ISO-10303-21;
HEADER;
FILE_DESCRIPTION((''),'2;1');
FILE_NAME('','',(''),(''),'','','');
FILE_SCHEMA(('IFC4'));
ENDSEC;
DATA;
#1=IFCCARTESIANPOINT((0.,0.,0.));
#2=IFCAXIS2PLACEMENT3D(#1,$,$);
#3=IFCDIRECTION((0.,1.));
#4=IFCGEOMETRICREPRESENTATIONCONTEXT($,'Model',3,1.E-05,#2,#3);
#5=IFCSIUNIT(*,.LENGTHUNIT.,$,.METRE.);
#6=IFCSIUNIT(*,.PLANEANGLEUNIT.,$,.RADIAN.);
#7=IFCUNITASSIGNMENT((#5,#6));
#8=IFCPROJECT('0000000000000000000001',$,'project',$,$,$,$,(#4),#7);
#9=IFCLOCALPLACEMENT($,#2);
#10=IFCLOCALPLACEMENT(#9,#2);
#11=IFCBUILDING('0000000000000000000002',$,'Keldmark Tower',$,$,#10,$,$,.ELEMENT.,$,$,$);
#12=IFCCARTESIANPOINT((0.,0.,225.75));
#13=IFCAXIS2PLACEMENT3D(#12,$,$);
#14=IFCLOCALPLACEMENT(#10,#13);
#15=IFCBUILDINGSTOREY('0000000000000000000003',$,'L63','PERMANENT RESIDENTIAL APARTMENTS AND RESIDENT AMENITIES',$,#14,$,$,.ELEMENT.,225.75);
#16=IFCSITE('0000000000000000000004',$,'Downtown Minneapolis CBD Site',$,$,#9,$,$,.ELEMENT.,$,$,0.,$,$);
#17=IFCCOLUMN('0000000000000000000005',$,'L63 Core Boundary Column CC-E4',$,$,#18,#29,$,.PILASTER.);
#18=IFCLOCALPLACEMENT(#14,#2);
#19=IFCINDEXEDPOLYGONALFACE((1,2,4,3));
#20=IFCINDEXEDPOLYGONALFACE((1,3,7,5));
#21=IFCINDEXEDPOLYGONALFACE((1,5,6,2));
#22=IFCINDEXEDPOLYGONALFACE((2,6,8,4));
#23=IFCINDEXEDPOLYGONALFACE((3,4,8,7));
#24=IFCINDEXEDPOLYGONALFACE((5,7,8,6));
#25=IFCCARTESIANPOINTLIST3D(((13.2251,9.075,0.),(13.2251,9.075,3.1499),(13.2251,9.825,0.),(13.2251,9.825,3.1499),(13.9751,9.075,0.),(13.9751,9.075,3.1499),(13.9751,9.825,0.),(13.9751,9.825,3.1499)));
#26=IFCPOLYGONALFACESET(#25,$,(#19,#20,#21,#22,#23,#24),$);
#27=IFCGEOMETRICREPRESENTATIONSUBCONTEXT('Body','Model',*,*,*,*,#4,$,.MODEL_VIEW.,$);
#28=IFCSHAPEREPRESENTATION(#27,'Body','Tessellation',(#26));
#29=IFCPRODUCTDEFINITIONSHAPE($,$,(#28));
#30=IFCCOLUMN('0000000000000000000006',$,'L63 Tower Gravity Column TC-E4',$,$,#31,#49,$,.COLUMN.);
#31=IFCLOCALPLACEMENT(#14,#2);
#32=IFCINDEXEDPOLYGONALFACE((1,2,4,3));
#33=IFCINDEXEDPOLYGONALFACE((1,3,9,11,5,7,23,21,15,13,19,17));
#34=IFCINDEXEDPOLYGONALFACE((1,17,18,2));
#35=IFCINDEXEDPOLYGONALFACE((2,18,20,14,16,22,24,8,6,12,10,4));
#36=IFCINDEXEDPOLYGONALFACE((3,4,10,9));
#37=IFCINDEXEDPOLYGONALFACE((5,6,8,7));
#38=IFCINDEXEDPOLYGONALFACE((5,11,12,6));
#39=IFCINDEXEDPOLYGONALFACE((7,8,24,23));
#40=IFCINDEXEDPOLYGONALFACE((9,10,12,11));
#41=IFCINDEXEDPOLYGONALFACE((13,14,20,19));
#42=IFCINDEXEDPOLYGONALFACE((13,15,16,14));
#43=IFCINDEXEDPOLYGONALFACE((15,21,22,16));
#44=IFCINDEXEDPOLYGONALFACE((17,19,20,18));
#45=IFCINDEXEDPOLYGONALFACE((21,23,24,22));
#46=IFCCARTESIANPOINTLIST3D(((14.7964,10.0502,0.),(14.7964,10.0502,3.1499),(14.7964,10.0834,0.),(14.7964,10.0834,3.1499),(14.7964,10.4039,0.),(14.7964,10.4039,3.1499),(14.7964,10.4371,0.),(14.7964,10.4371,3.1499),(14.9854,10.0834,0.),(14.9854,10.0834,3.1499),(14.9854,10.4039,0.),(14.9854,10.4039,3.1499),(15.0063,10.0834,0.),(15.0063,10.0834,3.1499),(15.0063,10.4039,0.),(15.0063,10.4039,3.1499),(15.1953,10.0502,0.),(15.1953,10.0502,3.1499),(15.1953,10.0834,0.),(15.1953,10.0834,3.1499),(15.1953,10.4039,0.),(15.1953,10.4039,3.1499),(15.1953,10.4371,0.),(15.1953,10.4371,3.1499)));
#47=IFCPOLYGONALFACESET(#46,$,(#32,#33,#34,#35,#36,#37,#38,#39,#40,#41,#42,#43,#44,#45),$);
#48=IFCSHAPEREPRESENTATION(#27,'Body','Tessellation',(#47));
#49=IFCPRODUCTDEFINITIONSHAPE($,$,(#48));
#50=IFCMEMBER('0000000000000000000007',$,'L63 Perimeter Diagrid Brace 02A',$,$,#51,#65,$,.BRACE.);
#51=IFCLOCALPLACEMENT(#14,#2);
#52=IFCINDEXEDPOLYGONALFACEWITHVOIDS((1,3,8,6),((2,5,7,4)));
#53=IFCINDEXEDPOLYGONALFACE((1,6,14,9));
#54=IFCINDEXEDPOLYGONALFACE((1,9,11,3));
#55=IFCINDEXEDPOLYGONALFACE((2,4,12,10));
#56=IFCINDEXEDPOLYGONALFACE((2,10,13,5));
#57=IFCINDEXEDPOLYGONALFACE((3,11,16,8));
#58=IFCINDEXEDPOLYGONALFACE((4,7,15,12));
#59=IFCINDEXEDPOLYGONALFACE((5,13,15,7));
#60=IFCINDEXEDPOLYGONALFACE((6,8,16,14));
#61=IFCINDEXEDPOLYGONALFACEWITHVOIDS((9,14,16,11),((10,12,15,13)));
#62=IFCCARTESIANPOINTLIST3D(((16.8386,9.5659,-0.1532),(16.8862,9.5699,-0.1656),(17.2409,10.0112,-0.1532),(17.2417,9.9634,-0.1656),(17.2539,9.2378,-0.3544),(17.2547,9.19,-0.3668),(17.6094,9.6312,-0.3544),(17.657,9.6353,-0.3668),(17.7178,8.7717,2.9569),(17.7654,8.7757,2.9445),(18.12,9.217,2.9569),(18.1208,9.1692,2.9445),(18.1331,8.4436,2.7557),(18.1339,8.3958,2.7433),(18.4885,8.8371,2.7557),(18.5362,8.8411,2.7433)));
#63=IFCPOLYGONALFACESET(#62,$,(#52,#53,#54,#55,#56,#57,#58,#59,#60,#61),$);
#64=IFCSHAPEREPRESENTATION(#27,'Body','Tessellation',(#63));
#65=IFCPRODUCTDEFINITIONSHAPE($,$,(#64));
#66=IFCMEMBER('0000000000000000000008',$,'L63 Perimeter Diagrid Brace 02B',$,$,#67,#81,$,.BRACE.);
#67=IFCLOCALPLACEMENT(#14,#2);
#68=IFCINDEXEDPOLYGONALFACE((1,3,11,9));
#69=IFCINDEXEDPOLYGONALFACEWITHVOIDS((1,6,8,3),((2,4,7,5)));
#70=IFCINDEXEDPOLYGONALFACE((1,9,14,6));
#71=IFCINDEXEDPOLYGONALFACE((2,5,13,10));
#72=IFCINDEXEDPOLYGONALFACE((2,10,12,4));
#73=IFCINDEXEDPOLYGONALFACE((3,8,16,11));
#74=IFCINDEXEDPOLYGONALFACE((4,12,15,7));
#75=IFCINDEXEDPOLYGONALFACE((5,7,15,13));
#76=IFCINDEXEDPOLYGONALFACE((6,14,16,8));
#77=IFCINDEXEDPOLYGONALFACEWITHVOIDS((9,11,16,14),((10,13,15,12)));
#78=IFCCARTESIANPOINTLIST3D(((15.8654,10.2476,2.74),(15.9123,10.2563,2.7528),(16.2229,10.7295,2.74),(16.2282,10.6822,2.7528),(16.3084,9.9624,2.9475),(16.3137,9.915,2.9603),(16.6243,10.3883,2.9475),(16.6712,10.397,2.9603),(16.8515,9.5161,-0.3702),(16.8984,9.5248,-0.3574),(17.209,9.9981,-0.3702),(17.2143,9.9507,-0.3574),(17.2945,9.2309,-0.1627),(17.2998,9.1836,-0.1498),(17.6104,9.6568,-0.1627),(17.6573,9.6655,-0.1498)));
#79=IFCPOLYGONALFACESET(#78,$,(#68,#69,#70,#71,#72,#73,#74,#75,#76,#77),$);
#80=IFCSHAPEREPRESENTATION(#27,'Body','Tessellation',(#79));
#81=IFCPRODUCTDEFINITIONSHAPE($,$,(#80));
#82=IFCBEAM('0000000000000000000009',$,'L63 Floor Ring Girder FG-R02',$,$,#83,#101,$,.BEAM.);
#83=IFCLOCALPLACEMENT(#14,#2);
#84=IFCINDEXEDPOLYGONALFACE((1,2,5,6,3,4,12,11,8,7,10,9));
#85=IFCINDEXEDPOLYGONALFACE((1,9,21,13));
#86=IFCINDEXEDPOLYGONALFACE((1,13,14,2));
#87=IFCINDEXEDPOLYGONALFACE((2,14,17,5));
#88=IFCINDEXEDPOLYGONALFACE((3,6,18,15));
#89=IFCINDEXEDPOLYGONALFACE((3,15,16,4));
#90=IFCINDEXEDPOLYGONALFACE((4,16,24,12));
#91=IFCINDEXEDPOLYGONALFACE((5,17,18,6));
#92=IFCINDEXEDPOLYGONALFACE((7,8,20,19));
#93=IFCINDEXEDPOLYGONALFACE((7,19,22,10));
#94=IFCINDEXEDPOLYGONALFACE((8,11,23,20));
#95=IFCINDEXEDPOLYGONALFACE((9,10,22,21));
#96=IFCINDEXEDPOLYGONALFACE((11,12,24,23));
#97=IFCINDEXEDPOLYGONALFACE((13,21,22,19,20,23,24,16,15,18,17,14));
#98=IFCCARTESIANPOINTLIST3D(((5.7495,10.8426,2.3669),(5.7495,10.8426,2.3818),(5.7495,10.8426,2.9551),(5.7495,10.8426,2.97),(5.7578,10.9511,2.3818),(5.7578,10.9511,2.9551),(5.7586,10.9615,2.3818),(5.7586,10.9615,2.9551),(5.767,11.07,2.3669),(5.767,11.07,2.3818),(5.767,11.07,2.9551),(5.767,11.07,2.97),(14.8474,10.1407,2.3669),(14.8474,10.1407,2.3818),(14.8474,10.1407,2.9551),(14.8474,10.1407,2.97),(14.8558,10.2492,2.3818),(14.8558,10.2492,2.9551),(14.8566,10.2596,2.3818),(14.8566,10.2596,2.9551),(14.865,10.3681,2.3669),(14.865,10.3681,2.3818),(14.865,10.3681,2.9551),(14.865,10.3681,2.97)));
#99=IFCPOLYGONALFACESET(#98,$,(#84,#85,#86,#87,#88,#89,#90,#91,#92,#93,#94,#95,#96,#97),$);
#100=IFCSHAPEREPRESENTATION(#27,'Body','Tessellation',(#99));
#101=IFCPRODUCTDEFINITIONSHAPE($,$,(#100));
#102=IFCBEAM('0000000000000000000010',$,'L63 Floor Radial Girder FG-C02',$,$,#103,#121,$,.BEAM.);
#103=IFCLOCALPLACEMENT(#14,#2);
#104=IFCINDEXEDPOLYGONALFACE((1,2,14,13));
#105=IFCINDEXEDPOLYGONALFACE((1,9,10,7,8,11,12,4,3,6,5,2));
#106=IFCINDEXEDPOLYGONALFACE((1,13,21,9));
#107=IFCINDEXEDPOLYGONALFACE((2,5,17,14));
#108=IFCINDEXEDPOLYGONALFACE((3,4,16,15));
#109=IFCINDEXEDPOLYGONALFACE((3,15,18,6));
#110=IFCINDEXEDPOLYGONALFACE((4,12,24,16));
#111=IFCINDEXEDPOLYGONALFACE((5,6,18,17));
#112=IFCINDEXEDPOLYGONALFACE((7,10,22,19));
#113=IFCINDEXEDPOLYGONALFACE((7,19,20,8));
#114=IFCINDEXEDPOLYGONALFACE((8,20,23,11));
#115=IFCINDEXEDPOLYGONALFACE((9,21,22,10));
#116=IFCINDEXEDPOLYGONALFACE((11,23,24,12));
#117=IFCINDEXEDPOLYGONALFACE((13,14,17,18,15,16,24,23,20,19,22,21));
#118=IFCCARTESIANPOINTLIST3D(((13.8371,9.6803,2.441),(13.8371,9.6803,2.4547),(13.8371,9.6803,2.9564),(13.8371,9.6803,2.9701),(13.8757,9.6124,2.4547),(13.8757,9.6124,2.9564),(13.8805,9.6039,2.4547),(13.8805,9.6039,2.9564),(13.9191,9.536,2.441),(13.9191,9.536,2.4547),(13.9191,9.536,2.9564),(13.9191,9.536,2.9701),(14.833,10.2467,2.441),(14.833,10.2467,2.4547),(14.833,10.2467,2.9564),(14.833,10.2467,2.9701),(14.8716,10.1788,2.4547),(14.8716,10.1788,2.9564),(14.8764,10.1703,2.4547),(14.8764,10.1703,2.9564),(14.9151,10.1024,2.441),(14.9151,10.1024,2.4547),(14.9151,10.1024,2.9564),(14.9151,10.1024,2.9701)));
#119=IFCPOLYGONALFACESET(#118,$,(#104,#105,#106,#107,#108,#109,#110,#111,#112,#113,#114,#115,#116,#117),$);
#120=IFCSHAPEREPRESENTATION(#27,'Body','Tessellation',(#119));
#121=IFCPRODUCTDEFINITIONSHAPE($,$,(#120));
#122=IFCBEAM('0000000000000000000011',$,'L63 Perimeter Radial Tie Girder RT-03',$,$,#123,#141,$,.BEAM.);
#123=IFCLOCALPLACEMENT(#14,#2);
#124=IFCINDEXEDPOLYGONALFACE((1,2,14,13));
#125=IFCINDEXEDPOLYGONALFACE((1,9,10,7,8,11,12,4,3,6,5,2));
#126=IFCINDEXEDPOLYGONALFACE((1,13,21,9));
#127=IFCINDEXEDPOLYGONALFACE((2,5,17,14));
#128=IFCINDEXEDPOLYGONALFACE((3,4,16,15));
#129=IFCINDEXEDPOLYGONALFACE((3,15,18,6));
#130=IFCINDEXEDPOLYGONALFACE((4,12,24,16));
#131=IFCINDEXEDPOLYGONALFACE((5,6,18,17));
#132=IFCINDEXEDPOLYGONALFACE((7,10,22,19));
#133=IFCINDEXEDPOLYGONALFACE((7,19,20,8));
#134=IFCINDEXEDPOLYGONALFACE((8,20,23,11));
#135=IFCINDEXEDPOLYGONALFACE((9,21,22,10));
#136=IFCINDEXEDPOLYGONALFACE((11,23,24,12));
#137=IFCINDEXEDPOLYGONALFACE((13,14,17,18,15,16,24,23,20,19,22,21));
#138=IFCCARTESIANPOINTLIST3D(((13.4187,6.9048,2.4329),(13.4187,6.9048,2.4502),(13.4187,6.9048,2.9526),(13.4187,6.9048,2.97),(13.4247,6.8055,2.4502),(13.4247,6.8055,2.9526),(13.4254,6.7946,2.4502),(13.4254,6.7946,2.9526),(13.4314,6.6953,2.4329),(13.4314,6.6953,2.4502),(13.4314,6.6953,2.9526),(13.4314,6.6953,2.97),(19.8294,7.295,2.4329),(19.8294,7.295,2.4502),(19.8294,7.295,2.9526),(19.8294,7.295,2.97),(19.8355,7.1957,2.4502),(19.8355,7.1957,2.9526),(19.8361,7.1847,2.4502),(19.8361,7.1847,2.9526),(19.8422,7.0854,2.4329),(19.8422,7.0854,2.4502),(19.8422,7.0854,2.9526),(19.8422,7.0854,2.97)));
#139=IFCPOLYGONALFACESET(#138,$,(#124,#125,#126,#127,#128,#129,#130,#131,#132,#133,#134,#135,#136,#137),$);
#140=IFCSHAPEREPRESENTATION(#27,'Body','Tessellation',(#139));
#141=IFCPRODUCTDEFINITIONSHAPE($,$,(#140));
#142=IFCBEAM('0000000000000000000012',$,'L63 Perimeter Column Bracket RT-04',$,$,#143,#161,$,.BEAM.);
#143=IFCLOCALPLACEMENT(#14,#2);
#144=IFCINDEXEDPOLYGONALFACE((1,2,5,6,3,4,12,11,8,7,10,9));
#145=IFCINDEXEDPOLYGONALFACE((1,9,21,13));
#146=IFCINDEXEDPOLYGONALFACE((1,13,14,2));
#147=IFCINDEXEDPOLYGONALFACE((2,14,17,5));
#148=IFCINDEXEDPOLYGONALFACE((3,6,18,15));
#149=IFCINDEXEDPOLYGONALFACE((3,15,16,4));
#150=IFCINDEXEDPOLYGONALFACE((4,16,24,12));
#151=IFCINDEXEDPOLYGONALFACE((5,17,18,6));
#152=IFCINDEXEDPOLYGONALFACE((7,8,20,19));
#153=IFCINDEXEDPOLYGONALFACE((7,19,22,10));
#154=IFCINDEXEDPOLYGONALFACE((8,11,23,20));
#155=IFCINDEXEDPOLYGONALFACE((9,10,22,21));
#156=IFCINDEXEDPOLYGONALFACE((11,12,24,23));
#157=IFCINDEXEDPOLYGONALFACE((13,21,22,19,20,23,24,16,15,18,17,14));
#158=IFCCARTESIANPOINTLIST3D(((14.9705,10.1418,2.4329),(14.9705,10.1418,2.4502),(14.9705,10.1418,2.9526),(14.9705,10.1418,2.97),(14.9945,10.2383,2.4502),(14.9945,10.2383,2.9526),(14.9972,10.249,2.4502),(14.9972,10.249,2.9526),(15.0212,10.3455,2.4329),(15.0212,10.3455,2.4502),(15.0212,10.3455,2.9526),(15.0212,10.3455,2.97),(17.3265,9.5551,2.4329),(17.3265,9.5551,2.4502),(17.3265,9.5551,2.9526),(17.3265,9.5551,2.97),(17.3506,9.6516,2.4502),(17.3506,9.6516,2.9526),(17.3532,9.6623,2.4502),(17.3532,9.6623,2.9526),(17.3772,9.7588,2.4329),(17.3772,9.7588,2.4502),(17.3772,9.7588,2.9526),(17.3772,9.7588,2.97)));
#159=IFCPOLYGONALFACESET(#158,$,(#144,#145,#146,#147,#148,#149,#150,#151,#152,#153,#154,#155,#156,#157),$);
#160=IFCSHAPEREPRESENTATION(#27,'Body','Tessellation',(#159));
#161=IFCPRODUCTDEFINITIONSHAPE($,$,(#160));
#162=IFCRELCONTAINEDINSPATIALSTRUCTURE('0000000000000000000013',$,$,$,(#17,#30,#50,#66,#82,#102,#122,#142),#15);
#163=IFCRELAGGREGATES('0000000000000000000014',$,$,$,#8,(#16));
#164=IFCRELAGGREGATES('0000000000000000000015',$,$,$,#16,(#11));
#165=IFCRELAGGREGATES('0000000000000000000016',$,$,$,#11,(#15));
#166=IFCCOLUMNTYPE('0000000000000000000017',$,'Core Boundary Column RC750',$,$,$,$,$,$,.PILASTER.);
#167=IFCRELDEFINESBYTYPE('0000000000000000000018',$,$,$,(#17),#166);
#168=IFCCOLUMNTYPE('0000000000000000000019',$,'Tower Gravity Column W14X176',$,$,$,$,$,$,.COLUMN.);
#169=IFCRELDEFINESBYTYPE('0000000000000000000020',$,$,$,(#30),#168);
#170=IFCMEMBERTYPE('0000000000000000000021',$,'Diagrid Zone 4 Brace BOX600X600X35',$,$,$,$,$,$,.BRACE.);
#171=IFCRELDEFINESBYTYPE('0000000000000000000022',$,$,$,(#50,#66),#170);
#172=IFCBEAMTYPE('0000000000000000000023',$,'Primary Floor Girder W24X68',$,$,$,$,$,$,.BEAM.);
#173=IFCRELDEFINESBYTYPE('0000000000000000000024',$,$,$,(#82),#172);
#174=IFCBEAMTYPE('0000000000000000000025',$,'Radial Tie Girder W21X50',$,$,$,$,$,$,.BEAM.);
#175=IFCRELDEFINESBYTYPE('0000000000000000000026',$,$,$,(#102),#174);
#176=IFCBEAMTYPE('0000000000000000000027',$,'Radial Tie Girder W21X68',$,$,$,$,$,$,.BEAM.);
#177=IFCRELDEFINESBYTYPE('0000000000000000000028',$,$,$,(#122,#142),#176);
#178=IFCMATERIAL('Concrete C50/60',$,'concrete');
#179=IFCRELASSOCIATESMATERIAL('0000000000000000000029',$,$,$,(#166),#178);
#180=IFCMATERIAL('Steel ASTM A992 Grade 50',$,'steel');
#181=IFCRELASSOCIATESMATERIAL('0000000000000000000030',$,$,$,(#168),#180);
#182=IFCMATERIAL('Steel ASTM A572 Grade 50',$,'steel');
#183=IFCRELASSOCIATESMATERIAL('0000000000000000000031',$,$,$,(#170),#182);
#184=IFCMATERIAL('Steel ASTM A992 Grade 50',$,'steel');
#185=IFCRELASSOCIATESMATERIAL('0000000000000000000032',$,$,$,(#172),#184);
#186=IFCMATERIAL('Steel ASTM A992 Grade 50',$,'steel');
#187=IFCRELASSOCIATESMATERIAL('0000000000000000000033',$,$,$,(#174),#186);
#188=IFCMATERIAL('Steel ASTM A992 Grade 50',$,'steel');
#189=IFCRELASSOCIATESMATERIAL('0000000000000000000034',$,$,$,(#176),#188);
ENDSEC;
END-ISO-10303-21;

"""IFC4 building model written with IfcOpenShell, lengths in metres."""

from ifc_helpers import new_model, si_unit, direction, frame, origin, origin_2d, place, context, subcontext, project, spatial, rectangle, hollow_rectangle, i_section, extrude, material, material_profile, profile_set, type_object, element, save


model = new_model("IFC4")

# Units and contexts
model_context = context("Model", 3, precision=1e-05, world=origin(), true_north=direction((0.0, 1.0)))
body_context = subcontext(model_context, "Body", "Model", "MODEL_VIEW")
ifc_project = project(units=[si_unit("LENGTHUNIT", "METRE"), si_unit("PLANEANGLEUNIT", "RADIAN")], contexts=[model_context])

# Site, building, storey
site_placement = place(None, origin())
site = spatial("IfcSite", under=ifc_project, at=site_placement, Name="Downtown Minneapolis CBD Site", CompositionType="ELEMENT", RefElevation=0.0)
building_placement = place(site_placement, origin())
building = spatial("IfcBuilding", under=site, at=building_placement, Name="Keldmark Tower", CompositionType="ELEMENT")
storey_placement = place(building_placement, frame((0.0, 0.0, 225.75)))
storey = spatial("IfcBuildingStorey", under=building, at=storey_placement, Name="L63", Description="PERMANENT RESIDENTIAL APARTMENTS AND RESIDENT AMENITIES", CompositionType="ELEMENT", Elevation=225.75)

# Columns
ifc_material_1 = material(Name="Concrete C50/60", Category="concrete")
ifc_material_profile_1 = material_profile(ifc_material_1, rectangle(XDim=0.75, YDim=0.75, at=origin_2d()), Name="RC750X750")
ifc_profile_set_1 = profile_set([ifc_material_profile_1], Name="Concrete C50/60")
column_type_1 = type_object("IfcColumnType", Name="Core Boundary Column RC750", PredefinedType="PILASTER", material=ifc_profile_set_1)
column_1_placement = place(storey_placement, frame((13.6001, 9.45, 0.0), z_axis=(0.0, 0.0, 1.0), x_axis=(1.0, 0.0, 0.0)))
element("IfcColumn", 1, at=column_1_placement, inside=storey, type_object=column_type_1, Name="L63 Core Boundary Column CC-E4", PredefinedType="PILASTER", context=body_context, shape_type="SweptSolid", body=[
    extrude(rectangle(XDim=0.75, YDim=0.75, at=origin_2d()), origin(), (0.0, 0.0, 1.0), 3.1499),
])
ifc_material_2 = material(Name="Steel ASTM A992 Grade 50", Category="steel")
ifc_material_profile_2 = material_profile(ifc_material_2, i_section(OverallWidth=0.3989, OverallDepth=0.387, WebThickness=0.021, FlangeThickness=0.0332, at=origin_2d()), Name="W14X176")
ifc_profile_set_2 = profile_set([ifc_material_profile_2], Name="Steel ASTM A992 Grade 50")
column_type_2 = type_object("IfcColumnType", Name="Tower Gravity Column W14X176", PredefinedType="COLUMN", material=ifc_profile_set_2)
column_2_placement = place(storey_placement, frame((14.9958, 10.2437, 0.0), z_axis=(0.0, 0.0, 1.0), x_axis=(1.0, 0.0, 0.0)))
element("IfcColumn", 2, at=column_2_placement, inside=storey, type_object=column_type_2, Name="L63 Tower Gravity Column TC-E4", PredefinedType="COLUMN", context=body_context, shape_type="SweptSolid", body=[
    extrude(i_section(OverallWidth=0.3989, OverallDepth=0.387, WebThickness=0.021, FlangeThickness=0.0332, at=origin_2d()), origin(), (0.0, 0.0, 1.0), 3.1499),
])

# Members
ifc_material_3 = material(Name="Steel ASTM A572 Grade 50", Category="steel")
ifc_material_profile_3 = material_profile(ifc_material_3, hollow_rectangle(XDim=0.6001, YDim=0.6001, WallThickness=0.0349, at=origin_2d()), Name="BOX600X600X35")
ifc_profile_set_3 = profile_set([ifc_material_profile_3], Name="Steel ASTM A572 Grade 50")
member_type = type_object("IfcMemberType", Name="Diagrid Zone 4 Brace BOX600X600X35", PredefinedType="BRACE", material=ifc_profile_set_3)
member_1_placement = place(storey_placement, frame((17.2478, 9.6006, -0.26), z_axis=(0.264158, -0.23863, 0.934493), x_axis=(0.670341, 0.742053, 0.0)))
element("IfcMember", 3, at=member_1_placement, inside=storey, type_object=member_type, Name="L63 Perimeter Diagrid Brace 02A", PredefinedType="BRACE", context=body_context, shape_type="SweptSolid", body=[
    extrude(hollow_rectangle(XDim=0.6001, YDim=0.6001, WallThickness=0.0349, at=origin_2d()), origin(), (0.0, 0.0, 1.0), 3.3281),
])
member_2_placement = place(storey_placement, frame((17.2544, 9.5908, -0.26), z_axis=(-0.294911, 0.218755, 0.930147), x_axis=(-0.59576, -0.803162, 0.0)))
element("IfcMember", 4, at=member_2_placement, inside=storey, type_object=member_type, Name="L63 Perimeter Diagrid Brace 02B", PredefinedType="BRACE", context=body_context, shape_type="SweptSolid", body=[
    extrude(hollow_rectangle(XDim=0.6001, YDim=0.6001, WallThickness=0.0349, at=origin_2d()), origin(), (0.0, 0.0, 1.0), 3.3438),
])

# Beams
ifc_material_4 = material(Name="Steel ASTM A992 Grade 50", Category="steel")
ifc_material_profile_4 = material_profile(ifc_material_4, i_section(OverallWidth=0.228, OverallDepth=0.603, WebThickness=0.0105, FlangeThickness=0.0149, at=origin_2d()), Name="W24X68")
ifc_profile_set_4 = profile_set([ifc_material_profile_4], Name="Steel ASTM A992 Grade 50")
beam_type_1 = type_object("IfcBeamType", Name="Primary Floor Girder W24X68", PredefinedType="BEAM", material=ifc_profile_set_4)
beam_1_placement = place(storey_placement, frame((14.8562, 10.2544, 2.6685), z_axis=(-0.997037, 0.076922, 0.0), x_axis=(-0.076922, -0.997037, 0.0)))
element("IfcBeam", 5, at=beam_1_placement, inside=storey, type_object=beam_type_1, Name="L63 Floor Ring Girder FG-R02", PredefinedType="BEAM", context=body_context, shape_type="SweptSolid", body=[
    extrude(i_section(OverallWidth=0.228, OverallDepth=0.603, WebThickness=0.0105, FlangeThickness=0.0149, at=origin_2d()), origin(), (0.0, 0.0, 1.0), 9.125),
])
ifc_material_5 = material(Name="Steel ASTM A992 Grade 50", Category="steel")
ifc_material_profile_5 = material_profile(ifc_material_5, i_section(OverallWidth=0.166, OverallDepth=0.5291, WebThickness=0.0098, FlangeThickness=0.0137, at=origin_2d()), Name="W21X50")
ifc_profile_set_5 = profile_set([ifc_material_profile_5], Name="Steel ASTM A992 Grade 50")
beam_type_2 = type_object("IfcBeamType", Name="Radial Tie Girder W21X50", PredefinedType="BEAM", material=ifc_profile_set_5)
beam_2_placement = place(storey_placement, frame((14.874, 10.1746, 2.7056), z_axis=(-0.869238, -0.494394, 0.0), x_axis=(0.494394, -0.869238, 0.0)))
element("IfcBeam", 6, at=beam_2_placement, inside=storey, type_object=beam_type_2, Name="L63 Floor Radial Girder FG-C02", PredefinedType="BEAM", context=body_context, shape_type="SweptSolid", body=[
    extrude(i_section(OverallWidth=0.166, OverallDepth=0.5291, WebThickness=0.0098, FlangeThickness=0.0137, at=origin_2d()), origin(), (0.0, 0.0, 1.0), 1.1458),
])
ifc_material_6 = material(Name="Steel ASTM A992 Grade 50", Category="steel")
ifc_material_profile_6 = material_profile(ifc_material_6, i_section(OverallWidth=0.21, OverallDepth=0.5371, WebThickness=0.011, FlangeThickness=0.0173, at=origin_2d()), Name="W21X68")
ifc_profile_set_6 = profile_set([ifc_material_profile_6], Name="Steel ASTM A992 Grade 50")
beam_type_3 = type_object("IfcBeamType", Name="Radial Tie Girder W21X68", PredefinedType="BEAM", material=ifc_profile_set_6)
beam_3_placement = place(storey_placement, frame((13.425, 6.8, 2.7014), z_axis=(0.998153, 0.060745, 0.0), x_axis=(-0.060745, 0.998153, 0.0)))
element("IfcBeam", 7, at=beam_3_placement, inside=storey, type_object=beam_type_3, Name="L63 Perimeter Radial Tie Girder RT-03", PredefinedType="BEAM", context=body_context, shape_type="SweptSolid", body=[
    extrude(i_section(OverallWidth=0.21, OverallDepth=0.5371, WebThickness=0.011, FlangeThickness=0.0173, at=origin_2d()), origin(), (0.0, 0.0, 1.0), 6.4226),
])
beam_4_placement = place(storey_placement, frame((14.9958, 10.2437, 2.7014), z_axis=(0.970367, -0.241636, 0.0), x_axis=(0.241636, 0.970367, 0.0)))
element("IfcBeam", 8, at=beam_4_placement, inside=storey, type_object=beam_type_3, Name="L63 Perimeter Column Bracket RT-04", PredefinedType="BEAM", context=body_context, shape_type="SweptSolid", body=[
    extrude(i_section(OverallWidth=0.21, OverallDepth=0.5371, WebThickness=0.011, FlangeThickness=0.0173, at=origin_2d()), origin(), (0.0, 0.0, 1.0), 2.428),
])

save(model, "model.ifc")
